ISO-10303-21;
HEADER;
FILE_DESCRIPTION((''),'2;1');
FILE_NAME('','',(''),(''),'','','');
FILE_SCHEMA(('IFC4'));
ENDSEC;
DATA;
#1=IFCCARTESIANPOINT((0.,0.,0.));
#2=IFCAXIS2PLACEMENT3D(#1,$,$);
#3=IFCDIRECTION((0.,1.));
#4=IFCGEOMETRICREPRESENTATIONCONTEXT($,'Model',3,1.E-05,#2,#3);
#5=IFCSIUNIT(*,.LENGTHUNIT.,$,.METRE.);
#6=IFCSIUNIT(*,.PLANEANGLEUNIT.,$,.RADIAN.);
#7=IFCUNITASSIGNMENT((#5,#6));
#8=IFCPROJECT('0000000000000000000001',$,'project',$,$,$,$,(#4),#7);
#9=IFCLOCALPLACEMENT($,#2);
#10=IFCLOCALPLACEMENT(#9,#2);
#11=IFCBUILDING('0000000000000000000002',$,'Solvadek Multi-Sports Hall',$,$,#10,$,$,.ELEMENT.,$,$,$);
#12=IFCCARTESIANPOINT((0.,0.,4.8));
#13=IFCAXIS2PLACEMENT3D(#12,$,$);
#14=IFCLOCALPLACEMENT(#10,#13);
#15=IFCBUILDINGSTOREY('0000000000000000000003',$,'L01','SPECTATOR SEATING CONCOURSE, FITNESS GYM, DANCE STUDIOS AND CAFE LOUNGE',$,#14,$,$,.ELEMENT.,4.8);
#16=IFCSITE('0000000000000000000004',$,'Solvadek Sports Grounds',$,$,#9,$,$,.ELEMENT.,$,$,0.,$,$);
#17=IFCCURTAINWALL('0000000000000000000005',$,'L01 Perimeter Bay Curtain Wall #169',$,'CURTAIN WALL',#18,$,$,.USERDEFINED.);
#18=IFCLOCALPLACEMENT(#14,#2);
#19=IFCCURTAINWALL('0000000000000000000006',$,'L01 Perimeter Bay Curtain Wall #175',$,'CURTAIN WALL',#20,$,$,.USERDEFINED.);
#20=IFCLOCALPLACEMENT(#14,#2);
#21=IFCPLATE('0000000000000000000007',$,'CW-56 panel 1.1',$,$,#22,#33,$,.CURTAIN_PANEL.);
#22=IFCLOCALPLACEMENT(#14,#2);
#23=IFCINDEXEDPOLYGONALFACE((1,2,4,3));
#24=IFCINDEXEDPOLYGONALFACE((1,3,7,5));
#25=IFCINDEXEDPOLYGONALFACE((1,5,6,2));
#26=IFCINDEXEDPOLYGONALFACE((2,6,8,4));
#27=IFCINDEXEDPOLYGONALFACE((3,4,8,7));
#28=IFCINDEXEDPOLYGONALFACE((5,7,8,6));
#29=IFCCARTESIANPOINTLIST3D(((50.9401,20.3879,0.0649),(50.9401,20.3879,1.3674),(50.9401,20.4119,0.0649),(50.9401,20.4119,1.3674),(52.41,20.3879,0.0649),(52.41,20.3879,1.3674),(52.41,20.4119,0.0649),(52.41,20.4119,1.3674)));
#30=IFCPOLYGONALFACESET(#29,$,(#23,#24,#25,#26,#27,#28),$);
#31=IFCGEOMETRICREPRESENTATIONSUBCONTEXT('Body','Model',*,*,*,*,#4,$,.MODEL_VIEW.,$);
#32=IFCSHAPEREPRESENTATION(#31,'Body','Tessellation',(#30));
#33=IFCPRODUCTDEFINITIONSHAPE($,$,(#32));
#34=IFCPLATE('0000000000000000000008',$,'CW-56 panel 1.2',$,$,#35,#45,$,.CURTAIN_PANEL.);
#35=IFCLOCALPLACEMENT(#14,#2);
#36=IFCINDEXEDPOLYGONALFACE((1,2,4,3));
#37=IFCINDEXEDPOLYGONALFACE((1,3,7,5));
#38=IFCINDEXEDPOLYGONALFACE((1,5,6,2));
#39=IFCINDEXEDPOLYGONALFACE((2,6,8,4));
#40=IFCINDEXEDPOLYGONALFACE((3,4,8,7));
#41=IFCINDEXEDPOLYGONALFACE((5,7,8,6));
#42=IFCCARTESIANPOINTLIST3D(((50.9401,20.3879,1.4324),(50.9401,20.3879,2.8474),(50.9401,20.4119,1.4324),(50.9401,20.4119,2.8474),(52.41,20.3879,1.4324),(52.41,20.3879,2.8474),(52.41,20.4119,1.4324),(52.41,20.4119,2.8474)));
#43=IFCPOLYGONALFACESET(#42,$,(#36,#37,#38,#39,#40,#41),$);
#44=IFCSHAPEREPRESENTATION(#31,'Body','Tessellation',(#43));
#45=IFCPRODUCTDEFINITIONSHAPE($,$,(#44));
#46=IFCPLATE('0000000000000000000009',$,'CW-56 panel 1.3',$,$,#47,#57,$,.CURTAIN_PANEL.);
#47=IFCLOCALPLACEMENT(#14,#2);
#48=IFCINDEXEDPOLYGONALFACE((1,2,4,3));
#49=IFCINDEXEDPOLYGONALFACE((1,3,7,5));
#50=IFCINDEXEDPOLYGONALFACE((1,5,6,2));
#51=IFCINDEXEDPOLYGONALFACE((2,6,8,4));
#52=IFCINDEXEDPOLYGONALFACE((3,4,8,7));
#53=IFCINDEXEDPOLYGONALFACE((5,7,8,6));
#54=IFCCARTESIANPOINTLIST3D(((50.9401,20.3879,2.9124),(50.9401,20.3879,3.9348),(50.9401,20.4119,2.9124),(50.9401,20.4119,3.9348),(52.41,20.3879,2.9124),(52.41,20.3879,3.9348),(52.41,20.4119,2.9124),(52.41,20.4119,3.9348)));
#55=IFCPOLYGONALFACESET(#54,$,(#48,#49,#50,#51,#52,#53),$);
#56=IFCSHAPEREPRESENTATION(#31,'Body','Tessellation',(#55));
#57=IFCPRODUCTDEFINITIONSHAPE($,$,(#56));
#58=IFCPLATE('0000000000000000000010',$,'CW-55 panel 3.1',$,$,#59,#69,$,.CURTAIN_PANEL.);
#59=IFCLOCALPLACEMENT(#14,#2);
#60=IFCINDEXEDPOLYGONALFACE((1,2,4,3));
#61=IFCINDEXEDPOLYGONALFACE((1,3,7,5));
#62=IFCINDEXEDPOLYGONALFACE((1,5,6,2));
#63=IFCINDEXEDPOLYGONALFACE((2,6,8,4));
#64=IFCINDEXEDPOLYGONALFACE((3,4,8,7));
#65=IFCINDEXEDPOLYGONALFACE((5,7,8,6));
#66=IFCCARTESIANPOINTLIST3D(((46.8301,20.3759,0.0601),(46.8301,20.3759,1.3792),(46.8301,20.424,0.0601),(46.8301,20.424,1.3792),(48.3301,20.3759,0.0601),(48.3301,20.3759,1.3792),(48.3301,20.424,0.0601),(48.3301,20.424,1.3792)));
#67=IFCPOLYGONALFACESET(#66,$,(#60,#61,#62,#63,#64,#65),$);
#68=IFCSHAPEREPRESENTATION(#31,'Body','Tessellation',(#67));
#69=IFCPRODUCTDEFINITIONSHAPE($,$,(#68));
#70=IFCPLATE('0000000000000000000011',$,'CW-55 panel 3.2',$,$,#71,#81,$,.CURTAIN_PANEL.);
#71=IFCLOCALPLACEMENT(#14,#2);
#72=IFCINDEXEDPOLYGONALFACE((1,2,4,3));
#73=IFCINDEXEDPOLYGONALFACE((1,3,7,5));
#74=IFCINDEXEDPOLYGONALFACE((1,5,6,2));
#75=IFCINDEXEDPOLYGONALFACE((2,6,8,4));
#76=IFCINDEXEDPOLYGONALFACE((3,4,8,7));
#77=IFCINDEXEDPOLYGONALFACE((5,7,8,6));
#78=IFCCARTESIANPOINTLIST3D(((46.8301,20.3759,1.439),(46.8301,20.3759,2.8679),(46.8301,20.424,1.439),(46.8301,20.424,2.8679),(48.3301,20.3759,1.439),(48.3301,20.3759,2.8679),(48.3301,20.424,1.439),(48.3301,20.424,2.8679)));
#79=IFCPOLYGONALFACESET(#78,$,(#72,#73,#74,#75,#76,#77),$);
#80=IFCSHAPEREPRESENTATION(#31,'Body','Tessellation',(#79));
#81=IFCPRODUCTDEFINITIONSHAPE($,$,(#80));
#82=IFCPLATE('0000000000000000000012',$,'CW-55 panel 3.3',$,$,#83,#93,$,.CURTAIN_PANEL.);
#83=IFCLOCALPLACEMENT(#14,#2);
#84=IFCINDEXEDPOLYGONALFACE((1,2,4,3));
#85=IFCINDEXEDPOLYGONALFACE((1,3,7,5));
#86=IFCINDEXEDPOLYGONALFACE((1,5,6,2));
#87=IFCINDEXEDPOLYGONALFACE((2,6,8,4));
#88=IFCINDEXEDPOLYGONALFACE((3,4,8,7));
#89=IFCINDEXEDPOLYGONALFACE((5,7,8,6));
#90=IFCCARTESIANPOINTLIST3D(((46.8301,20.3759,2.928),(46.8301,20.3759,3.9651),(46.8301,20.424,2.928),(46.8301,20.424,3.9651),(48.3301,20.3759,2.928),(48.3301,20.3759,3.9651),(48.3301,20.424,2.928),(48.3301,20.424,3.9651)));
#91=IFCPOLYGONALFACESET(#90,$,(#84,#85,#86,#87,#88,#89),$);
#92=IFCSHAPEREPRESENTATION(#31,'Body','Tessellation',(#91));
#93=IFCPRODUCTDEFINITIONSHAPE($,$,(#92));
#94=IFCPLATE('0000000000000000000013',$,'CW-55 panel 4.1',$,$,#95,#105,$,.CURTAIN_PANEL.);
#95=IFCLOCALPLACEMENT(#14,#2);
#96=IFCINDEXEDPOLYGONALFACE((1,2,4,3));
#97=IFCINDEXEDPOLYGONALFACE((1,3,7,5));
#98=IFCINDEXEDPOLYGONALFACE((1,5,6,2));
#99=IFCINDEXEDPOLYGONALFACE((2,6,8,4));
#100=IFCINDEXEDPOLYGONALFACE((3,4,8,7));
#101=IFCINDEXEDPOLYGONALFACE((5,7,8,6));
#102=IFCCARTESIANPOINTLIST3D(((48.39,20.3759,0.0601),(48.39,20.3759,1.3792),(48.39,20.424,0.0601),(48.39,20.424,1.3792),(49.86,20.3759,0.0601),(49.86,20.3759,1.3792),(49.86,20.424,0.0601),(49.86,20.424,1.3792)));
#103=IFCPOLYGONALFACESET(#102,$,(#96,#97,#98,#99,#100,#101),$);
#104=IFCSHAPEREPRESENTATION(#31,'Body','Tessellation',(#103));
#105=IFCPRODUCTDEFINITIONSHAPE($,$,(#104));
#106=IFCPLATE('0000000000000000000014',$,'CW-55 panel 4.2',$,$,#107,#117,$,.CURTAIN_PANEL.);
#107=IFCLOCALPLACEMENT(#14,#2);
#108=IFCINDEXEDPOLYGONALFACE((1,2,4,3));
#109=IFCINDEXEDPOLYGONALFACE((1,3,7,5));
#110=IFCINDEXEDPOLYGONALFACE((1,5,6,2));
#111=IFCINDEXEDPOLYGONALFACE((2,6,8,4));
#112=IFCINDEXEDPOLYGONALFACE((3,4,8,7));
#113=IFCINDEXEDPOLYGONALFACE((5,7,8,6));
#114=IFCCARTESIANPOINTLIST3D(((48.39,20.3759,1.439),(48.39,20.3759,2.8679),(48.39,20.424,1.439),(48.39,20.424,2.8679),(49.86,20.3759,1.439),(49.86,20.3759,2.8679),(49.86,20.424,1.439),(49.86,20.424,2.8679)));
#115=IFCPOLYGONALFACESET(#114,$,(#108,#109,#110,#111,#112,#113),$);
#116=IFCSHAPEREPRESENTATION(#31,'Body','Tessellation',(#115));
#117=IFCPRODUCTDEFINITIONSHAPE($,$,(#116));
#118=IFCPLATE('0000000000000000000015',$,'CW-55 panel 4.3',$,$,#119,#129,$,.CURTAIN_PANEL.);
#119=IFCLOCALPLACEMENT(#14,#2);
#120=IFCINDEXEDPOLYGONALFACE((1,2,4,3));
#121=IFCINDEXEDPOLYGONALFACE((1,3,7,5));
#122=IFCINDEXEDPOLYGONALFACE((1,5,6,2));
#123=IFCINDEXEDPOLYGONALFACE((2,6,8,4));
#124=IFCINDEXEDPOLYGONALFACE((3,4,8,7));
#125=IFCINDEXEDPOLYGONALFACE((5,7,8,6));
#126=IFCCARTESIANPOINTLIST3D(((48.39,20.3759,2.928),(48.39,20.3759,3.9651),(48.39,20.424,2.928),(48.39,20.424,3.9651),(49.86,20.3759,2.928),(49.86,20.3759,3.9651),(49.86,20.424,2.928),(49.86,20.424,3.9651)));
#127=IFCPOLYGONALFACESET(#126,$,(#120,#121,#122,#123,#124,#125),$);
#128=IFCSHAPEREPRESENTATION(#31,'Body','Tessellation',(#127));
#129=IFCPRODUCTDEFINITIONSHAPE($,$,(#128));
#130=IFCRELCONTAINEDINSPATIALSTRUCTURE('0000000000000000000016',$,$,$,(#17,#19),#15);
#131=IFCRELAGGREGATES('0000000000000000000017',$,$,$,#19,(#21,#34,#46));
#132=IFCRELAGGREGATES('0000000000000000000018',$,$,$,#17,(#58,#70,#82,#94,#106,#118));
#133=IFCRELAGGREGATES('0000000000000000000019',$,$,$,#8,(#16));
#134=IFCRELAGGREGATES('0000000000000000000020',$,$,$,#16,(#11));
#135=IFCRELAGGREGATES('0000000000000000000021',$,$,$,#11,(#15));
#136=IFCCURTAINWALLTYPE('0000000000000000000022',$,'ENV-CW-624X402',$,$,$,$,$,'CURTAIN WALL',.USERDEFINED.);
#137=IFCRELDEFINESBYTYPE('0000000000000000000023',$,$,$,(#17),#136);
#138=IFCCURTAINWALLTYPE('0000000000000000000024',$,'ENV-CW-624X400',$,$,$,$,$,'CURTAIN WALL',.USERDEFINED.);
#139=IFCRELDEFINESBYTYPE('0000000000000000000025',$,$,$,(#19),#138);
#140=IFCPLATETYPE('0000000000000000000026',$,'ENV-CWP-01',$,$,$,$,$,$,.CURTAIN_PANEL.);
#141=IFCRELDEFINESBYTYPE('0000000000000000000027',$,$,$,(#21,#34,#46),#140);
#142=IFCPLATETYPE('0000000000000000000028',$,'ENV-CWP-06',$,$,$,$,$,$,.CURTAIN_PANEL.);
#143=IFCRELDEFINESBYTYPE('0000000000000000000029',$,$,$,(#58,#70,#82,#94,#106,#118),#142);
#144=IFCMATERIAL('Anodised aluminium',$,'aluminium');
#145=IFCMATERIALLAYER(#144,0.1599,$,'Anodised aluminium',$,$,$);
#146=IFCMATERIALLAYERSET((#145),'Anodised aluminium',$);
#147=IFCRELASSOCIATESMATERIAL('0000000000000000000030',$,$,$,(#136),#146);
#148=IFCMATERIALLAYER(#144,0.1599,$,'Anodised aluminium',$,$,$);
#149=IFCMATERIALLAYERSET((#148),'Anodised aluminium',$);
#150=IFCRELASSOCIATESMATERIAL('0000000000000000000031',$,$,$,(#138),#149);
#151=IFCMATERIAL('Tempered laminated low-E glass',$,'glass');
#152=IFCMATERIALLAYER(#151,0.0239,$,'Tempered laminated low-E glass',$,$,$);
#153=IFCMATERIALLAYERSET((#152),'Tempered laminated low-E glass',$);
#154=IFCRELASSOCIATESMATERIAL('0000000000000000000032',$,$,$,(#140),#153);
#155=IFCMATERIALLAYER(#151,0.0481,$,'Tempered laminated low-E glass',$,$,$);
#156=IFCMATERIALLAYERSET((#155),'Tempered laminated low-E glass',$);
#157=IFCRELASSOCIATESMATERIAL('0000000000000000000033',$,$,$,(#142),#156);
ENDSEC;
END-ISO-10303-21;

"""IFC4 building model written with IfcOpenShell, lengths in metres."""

from ifc_helpers import new_model, si_unit, direction, frame, origin, origin_2d, place, context, subcontext, project, spatial, rectangle, extrude, material, layer, layer_set, type_object, element, aggregate, save


model = new_model("IFC4")

# Units and contexts
model_context = context("Model", 3, precision=1e-05, world=origin(), true_north=direction((0.0, 1.0)))
body_context = subcontext(model_context, "Body", "Model", "MODEL_VIEW")
ifc_project = project(units=[si_unit("LENGTHUNIT", "METRE"), si_unit("PLANEANGLEUNIT", "RADIAN")], contexts=[model_context])

# Site, building, storey
site_placement = place(None, origin())
site = spatial("IfcSite", under=ifc_project, at=site_placement, Name="Solvadek Sports Grounds", CompositionType="ELEMENT", RefElevation=0.0)
building_placement = place(site_placement, origin())
building = spatial("IfcBuilding", under=site, at=building_placement, Name="Solvadek Multi-Sports Hall", CompositionType="ELEMENT")
storey_placement = place(building_placement, frame((0.0, 0.0, 4.8)))
storey = spatial("IfcBuildingStorey", under=building, at=storey_placement, Name="L01", Description="SPECTATOR SEATING CONCOURSE, FITNESS GYM, DANCE STUDIOS AND CAFE LOUNGE", CompositionType="ELEMENT", Elevation=4.8)

# Curtain walls
ifc_material_1 = material(Name="Anodised aluminium", Category="aluminium")
ifc_layer_1 = layer(ifc_material_1, 0.1599, Name="Anodised aluminium")
ifc_layer_set_1 = layer_set([ifc_layer_1], Name="Anodised aluminium")
curtain_wall_type_1 = type_object("IfcCurtainWallType", Name="ENV-CW-624X402", ElementType="CURTAIN WALL", PredefinedType="USERDEFINED", material=ifc_layer_set_1)
curtain_wall_1_placement = place(storey_placement, origin())
curtain_wall_1 = element("IfcCurtainWall", 1, at=curtain_wall_1_placement, inside=storey, type_object=curtain_wall_type_1, Name="L01 Perimeter Bay Curtain Wall #169", ObjectType="CURTAIN WALL", PredefinedType="USERDEFINED")
ifc_layer_2 = layer(ifc_material_1, 0.1599, Name="Anodised aluminium")
ifc_layer_set_2 = layer_set([ifc_layer_2], Name="Anodised aluminium")
curtain_wall_type_2 = type_object("IfcCurtainWallType", Name="ENV-CW-624X400", ElementType="CURTAIN WALL", PredefinedType="USERDEFINED", material=ifc_layer_set_2)
curtain_wall_2_placement = place(storey_placement, origin())
curtain_wall_2 = element("IfcCurtainWall", 2, at=curtain_wall_2_placement, inside=storey, type_object=curtain_wall_type_2, Name="L01 Perimeter Bay Curtain Wall #175", ObjectType="CURTAIN WALL", PredefinedType="USERDEFINED")

# Plates
ifc_material_2 = material(Name="Tempered laminated low-E glass", Category="glass")
ifc_layer_3 = layer(ifc_material_2, 0.0239, Name="Tempered laminated low-E glass")
ifc_layer_set_3 = layer_set([ifc_layer_3], Name="Tempered laminated low-E glass")
plate_type_1 = type_object("IfcPlateType", Name="ENV-CWP-01", PredefinedType="CURTAIN_PANEL", material=ifc_layer_set_3)
plate_1_placement = place(storey_placement, frame((51.675, 20.3999, 0.0649), z_axis=(0.0, 0.0, 1.0), x_axis=(1.0, 0.0, 0.0)))
plate_1 = element("IfcPlate", 3, at=plate_1_placement, type_object=plate_type_1, Name="CW-56 panel 1.1", PredefinedType="CURTAIN_PANEL", context=body_context, shape_type="SweptSolid", body=[
    extrude(rectangle(XDim=1.47, YDim=0.0239, at=origin_2d()), origin(), (0.0, 0.0, 1.0), 1.3025),
])
plate_2_placement = place(storey_placement, frame((51.675, 20.3999, 1.4324), z_axis=(0.0, 0.0, 1.0), x_axis=(1.0, 0.0, 0.0)))
plate_2 = element("IfcPlate", 4, at=plate_2_placement, type_object=plate_type_1, Name="CW-56 panel 1.2", PredefinedType="CURTAIN_PANEL", context=body_context, shape_type="SweptSolid", body=[
    extrude(rectangle(XDim=1.47, YDim=0.0239, at=origin_2d()), origin(), (0.0, 0.0, 1.0), 1.415),
])
plate_3_placement = place(storey_placement, frame((51.675, 20.3999, 2.9124), z_axis=(0.0, 0.0, 1.0), x_axis=(1.0, 0.0, 0.0)))
plate_3 = element("IfcPlate", 5, at=plate_3_placement, type_object=plate_type_1, Name="CW-56 panel 1.3", PredefinedType="CURTAIN_PANEL", context=body_context, shape_type="SweptSolid", body=[
    extrude(rectangle(XDim=1.47, YDim=0.0239, at=origin_2d()), origin(), (0.0, 0.0, 1.0), 1.0225),
])
aggregate(curtain_wall_2, [plate_1, plate_2, plate_3])
ifc_layer_4 = layer(ifc_material_2, 0.0481, Name="Tempered laminated low-E glass")
ifc_layer_set_4 = layer_set([ifc_layer_4], Name="Tempered laminated low-E glass")
plate_type_2 = type_object("IfcPlateType", Name="ENV-CWP-06", PredefinedType="CURTAIN_PANEL", material=ifc_layer_set_4)
plate_4_placement = place(storey_placement, frame((47.5801, 20.3999, 0.0601), z_axis=(0.0, 0.0, 1.0), x_axis=(1.0, 0.0, 0.0)))
plate_4 = element("IfcPlate", 6, at=plate_4_placement, type_object=plate_type_2, Name="CW-55 panel 3.1", PredefinedType="CURTAIN_PANEL", context=body_context, shape_type="SweptSolid", body=[
    extrude(rectangle(XDim=1.5, YDim=0.0481, at=origin_2d()), origin(), (0.0, 0.0, 1.0), 1.3191),
])
plate_5_placement = place(storey_placement, frame((47.5801, 20.3999, 1.439), z_axis=(0.0, 0.0, 1.0), x_axis=(1.0, 0.0, 0.0)))
plate_5 = element("IfcPlate", 7, at=plate_5_placement, type_object=plate_type_2, Name="CW-55 panel 3.2", PredefinedType="CURTAIN_PANEL", context=body_context, shape_type="SweptSolid", body=[
    extrude(rectangle(XDim=1.5, YDim=0.0481, at=origin_2d()), origin(), (0.0, 0.0, 1.0), 1.429),
])
plate_6_placement = place(storey_placement, frame((47.5801, 20.3999, 2.928), z_axis=(0.0, 0.0, 1.0), x_axis=(1.0, 0.0, 0.0)))
plate_6 = element("IfcPlate", 8, at=plate_6_placement, type_object=plate_type_2, Name="CW-55 panel 3.3", PredefinedType="CURTAIN_PANEL", context=body_context, shape_type="SweptSolid", body=[
    extrude(rectangle(XDim=1.5, YDim=0.0481, at=origin_2d()), origin(), (0.0, 0.0, 1.0), 1.0371),
])
plate_7_placement = place(storey_placement, frame((49.125, 20.3999, 0.0601), z_axis=(0.0, 0.0, 1.0), x_axis=(1.0, 0.0, 0.0)))
plate_7 = element("IfcPlate", 9, at=plate_7_placement, type_object=plate_type_2, Name="CW-55 panel 4.1", PredefinedType="CURTAIN_PANEL", context=body_context, shape_type="SweptSolid", body=[
    extrude(rectangle(XDim=1.47, YDim=0.0481, at=origin_2d()), origin(), (0.0, 0.0, 1.0), 1.3191),
])
plate_8_placement = place(storey_placement, frame((49.125, 20.3999, 1.439), z_axis=(0.0, 0.0, 1.0), x_axis=(1.0, 0.0, 0.0)))
plate_8 = element("IfcPlate", 10, at=plate_8_placement, type_object=plate_type_2, Name="CW-55 panel 4.2", PredefinedType="CURTAIN_PANEL", context=body_context, shape_type="SweptSolid", body=[
    extrude(rectangle(XDim=1.47, YDim=0.0481, at=origin_2d()), origin(), (0.0, 0.0, 1.0), 1.429),
])
plate_9_placement = place(storey_placement, frame((49.125, 20.3999, 2.928), z_axis=(0.0, 0.0, 1.0), x_axis=(1.0, 0.0, 0.0)))
plate_9 = element("IfcPlate", 11, at=plate_9_placement, type_object=plate_type_2, Name="CW-55 panel 4.3", PredefinedType="CURTAIN_PANEL", context=body_context, shape_type="SweptSolid", body=[
    extrude(rectangle(XDim=1.47, YDim=0.0481, at=origin_2d()), origin(), (0.0, 0.0, 1.0), 1.0371),
])
aggregate(curtain_wall_1, [plate_4, plate_5, plate_6, plate_7, plate_8, plate_9])

save(model, "model.ifc")
